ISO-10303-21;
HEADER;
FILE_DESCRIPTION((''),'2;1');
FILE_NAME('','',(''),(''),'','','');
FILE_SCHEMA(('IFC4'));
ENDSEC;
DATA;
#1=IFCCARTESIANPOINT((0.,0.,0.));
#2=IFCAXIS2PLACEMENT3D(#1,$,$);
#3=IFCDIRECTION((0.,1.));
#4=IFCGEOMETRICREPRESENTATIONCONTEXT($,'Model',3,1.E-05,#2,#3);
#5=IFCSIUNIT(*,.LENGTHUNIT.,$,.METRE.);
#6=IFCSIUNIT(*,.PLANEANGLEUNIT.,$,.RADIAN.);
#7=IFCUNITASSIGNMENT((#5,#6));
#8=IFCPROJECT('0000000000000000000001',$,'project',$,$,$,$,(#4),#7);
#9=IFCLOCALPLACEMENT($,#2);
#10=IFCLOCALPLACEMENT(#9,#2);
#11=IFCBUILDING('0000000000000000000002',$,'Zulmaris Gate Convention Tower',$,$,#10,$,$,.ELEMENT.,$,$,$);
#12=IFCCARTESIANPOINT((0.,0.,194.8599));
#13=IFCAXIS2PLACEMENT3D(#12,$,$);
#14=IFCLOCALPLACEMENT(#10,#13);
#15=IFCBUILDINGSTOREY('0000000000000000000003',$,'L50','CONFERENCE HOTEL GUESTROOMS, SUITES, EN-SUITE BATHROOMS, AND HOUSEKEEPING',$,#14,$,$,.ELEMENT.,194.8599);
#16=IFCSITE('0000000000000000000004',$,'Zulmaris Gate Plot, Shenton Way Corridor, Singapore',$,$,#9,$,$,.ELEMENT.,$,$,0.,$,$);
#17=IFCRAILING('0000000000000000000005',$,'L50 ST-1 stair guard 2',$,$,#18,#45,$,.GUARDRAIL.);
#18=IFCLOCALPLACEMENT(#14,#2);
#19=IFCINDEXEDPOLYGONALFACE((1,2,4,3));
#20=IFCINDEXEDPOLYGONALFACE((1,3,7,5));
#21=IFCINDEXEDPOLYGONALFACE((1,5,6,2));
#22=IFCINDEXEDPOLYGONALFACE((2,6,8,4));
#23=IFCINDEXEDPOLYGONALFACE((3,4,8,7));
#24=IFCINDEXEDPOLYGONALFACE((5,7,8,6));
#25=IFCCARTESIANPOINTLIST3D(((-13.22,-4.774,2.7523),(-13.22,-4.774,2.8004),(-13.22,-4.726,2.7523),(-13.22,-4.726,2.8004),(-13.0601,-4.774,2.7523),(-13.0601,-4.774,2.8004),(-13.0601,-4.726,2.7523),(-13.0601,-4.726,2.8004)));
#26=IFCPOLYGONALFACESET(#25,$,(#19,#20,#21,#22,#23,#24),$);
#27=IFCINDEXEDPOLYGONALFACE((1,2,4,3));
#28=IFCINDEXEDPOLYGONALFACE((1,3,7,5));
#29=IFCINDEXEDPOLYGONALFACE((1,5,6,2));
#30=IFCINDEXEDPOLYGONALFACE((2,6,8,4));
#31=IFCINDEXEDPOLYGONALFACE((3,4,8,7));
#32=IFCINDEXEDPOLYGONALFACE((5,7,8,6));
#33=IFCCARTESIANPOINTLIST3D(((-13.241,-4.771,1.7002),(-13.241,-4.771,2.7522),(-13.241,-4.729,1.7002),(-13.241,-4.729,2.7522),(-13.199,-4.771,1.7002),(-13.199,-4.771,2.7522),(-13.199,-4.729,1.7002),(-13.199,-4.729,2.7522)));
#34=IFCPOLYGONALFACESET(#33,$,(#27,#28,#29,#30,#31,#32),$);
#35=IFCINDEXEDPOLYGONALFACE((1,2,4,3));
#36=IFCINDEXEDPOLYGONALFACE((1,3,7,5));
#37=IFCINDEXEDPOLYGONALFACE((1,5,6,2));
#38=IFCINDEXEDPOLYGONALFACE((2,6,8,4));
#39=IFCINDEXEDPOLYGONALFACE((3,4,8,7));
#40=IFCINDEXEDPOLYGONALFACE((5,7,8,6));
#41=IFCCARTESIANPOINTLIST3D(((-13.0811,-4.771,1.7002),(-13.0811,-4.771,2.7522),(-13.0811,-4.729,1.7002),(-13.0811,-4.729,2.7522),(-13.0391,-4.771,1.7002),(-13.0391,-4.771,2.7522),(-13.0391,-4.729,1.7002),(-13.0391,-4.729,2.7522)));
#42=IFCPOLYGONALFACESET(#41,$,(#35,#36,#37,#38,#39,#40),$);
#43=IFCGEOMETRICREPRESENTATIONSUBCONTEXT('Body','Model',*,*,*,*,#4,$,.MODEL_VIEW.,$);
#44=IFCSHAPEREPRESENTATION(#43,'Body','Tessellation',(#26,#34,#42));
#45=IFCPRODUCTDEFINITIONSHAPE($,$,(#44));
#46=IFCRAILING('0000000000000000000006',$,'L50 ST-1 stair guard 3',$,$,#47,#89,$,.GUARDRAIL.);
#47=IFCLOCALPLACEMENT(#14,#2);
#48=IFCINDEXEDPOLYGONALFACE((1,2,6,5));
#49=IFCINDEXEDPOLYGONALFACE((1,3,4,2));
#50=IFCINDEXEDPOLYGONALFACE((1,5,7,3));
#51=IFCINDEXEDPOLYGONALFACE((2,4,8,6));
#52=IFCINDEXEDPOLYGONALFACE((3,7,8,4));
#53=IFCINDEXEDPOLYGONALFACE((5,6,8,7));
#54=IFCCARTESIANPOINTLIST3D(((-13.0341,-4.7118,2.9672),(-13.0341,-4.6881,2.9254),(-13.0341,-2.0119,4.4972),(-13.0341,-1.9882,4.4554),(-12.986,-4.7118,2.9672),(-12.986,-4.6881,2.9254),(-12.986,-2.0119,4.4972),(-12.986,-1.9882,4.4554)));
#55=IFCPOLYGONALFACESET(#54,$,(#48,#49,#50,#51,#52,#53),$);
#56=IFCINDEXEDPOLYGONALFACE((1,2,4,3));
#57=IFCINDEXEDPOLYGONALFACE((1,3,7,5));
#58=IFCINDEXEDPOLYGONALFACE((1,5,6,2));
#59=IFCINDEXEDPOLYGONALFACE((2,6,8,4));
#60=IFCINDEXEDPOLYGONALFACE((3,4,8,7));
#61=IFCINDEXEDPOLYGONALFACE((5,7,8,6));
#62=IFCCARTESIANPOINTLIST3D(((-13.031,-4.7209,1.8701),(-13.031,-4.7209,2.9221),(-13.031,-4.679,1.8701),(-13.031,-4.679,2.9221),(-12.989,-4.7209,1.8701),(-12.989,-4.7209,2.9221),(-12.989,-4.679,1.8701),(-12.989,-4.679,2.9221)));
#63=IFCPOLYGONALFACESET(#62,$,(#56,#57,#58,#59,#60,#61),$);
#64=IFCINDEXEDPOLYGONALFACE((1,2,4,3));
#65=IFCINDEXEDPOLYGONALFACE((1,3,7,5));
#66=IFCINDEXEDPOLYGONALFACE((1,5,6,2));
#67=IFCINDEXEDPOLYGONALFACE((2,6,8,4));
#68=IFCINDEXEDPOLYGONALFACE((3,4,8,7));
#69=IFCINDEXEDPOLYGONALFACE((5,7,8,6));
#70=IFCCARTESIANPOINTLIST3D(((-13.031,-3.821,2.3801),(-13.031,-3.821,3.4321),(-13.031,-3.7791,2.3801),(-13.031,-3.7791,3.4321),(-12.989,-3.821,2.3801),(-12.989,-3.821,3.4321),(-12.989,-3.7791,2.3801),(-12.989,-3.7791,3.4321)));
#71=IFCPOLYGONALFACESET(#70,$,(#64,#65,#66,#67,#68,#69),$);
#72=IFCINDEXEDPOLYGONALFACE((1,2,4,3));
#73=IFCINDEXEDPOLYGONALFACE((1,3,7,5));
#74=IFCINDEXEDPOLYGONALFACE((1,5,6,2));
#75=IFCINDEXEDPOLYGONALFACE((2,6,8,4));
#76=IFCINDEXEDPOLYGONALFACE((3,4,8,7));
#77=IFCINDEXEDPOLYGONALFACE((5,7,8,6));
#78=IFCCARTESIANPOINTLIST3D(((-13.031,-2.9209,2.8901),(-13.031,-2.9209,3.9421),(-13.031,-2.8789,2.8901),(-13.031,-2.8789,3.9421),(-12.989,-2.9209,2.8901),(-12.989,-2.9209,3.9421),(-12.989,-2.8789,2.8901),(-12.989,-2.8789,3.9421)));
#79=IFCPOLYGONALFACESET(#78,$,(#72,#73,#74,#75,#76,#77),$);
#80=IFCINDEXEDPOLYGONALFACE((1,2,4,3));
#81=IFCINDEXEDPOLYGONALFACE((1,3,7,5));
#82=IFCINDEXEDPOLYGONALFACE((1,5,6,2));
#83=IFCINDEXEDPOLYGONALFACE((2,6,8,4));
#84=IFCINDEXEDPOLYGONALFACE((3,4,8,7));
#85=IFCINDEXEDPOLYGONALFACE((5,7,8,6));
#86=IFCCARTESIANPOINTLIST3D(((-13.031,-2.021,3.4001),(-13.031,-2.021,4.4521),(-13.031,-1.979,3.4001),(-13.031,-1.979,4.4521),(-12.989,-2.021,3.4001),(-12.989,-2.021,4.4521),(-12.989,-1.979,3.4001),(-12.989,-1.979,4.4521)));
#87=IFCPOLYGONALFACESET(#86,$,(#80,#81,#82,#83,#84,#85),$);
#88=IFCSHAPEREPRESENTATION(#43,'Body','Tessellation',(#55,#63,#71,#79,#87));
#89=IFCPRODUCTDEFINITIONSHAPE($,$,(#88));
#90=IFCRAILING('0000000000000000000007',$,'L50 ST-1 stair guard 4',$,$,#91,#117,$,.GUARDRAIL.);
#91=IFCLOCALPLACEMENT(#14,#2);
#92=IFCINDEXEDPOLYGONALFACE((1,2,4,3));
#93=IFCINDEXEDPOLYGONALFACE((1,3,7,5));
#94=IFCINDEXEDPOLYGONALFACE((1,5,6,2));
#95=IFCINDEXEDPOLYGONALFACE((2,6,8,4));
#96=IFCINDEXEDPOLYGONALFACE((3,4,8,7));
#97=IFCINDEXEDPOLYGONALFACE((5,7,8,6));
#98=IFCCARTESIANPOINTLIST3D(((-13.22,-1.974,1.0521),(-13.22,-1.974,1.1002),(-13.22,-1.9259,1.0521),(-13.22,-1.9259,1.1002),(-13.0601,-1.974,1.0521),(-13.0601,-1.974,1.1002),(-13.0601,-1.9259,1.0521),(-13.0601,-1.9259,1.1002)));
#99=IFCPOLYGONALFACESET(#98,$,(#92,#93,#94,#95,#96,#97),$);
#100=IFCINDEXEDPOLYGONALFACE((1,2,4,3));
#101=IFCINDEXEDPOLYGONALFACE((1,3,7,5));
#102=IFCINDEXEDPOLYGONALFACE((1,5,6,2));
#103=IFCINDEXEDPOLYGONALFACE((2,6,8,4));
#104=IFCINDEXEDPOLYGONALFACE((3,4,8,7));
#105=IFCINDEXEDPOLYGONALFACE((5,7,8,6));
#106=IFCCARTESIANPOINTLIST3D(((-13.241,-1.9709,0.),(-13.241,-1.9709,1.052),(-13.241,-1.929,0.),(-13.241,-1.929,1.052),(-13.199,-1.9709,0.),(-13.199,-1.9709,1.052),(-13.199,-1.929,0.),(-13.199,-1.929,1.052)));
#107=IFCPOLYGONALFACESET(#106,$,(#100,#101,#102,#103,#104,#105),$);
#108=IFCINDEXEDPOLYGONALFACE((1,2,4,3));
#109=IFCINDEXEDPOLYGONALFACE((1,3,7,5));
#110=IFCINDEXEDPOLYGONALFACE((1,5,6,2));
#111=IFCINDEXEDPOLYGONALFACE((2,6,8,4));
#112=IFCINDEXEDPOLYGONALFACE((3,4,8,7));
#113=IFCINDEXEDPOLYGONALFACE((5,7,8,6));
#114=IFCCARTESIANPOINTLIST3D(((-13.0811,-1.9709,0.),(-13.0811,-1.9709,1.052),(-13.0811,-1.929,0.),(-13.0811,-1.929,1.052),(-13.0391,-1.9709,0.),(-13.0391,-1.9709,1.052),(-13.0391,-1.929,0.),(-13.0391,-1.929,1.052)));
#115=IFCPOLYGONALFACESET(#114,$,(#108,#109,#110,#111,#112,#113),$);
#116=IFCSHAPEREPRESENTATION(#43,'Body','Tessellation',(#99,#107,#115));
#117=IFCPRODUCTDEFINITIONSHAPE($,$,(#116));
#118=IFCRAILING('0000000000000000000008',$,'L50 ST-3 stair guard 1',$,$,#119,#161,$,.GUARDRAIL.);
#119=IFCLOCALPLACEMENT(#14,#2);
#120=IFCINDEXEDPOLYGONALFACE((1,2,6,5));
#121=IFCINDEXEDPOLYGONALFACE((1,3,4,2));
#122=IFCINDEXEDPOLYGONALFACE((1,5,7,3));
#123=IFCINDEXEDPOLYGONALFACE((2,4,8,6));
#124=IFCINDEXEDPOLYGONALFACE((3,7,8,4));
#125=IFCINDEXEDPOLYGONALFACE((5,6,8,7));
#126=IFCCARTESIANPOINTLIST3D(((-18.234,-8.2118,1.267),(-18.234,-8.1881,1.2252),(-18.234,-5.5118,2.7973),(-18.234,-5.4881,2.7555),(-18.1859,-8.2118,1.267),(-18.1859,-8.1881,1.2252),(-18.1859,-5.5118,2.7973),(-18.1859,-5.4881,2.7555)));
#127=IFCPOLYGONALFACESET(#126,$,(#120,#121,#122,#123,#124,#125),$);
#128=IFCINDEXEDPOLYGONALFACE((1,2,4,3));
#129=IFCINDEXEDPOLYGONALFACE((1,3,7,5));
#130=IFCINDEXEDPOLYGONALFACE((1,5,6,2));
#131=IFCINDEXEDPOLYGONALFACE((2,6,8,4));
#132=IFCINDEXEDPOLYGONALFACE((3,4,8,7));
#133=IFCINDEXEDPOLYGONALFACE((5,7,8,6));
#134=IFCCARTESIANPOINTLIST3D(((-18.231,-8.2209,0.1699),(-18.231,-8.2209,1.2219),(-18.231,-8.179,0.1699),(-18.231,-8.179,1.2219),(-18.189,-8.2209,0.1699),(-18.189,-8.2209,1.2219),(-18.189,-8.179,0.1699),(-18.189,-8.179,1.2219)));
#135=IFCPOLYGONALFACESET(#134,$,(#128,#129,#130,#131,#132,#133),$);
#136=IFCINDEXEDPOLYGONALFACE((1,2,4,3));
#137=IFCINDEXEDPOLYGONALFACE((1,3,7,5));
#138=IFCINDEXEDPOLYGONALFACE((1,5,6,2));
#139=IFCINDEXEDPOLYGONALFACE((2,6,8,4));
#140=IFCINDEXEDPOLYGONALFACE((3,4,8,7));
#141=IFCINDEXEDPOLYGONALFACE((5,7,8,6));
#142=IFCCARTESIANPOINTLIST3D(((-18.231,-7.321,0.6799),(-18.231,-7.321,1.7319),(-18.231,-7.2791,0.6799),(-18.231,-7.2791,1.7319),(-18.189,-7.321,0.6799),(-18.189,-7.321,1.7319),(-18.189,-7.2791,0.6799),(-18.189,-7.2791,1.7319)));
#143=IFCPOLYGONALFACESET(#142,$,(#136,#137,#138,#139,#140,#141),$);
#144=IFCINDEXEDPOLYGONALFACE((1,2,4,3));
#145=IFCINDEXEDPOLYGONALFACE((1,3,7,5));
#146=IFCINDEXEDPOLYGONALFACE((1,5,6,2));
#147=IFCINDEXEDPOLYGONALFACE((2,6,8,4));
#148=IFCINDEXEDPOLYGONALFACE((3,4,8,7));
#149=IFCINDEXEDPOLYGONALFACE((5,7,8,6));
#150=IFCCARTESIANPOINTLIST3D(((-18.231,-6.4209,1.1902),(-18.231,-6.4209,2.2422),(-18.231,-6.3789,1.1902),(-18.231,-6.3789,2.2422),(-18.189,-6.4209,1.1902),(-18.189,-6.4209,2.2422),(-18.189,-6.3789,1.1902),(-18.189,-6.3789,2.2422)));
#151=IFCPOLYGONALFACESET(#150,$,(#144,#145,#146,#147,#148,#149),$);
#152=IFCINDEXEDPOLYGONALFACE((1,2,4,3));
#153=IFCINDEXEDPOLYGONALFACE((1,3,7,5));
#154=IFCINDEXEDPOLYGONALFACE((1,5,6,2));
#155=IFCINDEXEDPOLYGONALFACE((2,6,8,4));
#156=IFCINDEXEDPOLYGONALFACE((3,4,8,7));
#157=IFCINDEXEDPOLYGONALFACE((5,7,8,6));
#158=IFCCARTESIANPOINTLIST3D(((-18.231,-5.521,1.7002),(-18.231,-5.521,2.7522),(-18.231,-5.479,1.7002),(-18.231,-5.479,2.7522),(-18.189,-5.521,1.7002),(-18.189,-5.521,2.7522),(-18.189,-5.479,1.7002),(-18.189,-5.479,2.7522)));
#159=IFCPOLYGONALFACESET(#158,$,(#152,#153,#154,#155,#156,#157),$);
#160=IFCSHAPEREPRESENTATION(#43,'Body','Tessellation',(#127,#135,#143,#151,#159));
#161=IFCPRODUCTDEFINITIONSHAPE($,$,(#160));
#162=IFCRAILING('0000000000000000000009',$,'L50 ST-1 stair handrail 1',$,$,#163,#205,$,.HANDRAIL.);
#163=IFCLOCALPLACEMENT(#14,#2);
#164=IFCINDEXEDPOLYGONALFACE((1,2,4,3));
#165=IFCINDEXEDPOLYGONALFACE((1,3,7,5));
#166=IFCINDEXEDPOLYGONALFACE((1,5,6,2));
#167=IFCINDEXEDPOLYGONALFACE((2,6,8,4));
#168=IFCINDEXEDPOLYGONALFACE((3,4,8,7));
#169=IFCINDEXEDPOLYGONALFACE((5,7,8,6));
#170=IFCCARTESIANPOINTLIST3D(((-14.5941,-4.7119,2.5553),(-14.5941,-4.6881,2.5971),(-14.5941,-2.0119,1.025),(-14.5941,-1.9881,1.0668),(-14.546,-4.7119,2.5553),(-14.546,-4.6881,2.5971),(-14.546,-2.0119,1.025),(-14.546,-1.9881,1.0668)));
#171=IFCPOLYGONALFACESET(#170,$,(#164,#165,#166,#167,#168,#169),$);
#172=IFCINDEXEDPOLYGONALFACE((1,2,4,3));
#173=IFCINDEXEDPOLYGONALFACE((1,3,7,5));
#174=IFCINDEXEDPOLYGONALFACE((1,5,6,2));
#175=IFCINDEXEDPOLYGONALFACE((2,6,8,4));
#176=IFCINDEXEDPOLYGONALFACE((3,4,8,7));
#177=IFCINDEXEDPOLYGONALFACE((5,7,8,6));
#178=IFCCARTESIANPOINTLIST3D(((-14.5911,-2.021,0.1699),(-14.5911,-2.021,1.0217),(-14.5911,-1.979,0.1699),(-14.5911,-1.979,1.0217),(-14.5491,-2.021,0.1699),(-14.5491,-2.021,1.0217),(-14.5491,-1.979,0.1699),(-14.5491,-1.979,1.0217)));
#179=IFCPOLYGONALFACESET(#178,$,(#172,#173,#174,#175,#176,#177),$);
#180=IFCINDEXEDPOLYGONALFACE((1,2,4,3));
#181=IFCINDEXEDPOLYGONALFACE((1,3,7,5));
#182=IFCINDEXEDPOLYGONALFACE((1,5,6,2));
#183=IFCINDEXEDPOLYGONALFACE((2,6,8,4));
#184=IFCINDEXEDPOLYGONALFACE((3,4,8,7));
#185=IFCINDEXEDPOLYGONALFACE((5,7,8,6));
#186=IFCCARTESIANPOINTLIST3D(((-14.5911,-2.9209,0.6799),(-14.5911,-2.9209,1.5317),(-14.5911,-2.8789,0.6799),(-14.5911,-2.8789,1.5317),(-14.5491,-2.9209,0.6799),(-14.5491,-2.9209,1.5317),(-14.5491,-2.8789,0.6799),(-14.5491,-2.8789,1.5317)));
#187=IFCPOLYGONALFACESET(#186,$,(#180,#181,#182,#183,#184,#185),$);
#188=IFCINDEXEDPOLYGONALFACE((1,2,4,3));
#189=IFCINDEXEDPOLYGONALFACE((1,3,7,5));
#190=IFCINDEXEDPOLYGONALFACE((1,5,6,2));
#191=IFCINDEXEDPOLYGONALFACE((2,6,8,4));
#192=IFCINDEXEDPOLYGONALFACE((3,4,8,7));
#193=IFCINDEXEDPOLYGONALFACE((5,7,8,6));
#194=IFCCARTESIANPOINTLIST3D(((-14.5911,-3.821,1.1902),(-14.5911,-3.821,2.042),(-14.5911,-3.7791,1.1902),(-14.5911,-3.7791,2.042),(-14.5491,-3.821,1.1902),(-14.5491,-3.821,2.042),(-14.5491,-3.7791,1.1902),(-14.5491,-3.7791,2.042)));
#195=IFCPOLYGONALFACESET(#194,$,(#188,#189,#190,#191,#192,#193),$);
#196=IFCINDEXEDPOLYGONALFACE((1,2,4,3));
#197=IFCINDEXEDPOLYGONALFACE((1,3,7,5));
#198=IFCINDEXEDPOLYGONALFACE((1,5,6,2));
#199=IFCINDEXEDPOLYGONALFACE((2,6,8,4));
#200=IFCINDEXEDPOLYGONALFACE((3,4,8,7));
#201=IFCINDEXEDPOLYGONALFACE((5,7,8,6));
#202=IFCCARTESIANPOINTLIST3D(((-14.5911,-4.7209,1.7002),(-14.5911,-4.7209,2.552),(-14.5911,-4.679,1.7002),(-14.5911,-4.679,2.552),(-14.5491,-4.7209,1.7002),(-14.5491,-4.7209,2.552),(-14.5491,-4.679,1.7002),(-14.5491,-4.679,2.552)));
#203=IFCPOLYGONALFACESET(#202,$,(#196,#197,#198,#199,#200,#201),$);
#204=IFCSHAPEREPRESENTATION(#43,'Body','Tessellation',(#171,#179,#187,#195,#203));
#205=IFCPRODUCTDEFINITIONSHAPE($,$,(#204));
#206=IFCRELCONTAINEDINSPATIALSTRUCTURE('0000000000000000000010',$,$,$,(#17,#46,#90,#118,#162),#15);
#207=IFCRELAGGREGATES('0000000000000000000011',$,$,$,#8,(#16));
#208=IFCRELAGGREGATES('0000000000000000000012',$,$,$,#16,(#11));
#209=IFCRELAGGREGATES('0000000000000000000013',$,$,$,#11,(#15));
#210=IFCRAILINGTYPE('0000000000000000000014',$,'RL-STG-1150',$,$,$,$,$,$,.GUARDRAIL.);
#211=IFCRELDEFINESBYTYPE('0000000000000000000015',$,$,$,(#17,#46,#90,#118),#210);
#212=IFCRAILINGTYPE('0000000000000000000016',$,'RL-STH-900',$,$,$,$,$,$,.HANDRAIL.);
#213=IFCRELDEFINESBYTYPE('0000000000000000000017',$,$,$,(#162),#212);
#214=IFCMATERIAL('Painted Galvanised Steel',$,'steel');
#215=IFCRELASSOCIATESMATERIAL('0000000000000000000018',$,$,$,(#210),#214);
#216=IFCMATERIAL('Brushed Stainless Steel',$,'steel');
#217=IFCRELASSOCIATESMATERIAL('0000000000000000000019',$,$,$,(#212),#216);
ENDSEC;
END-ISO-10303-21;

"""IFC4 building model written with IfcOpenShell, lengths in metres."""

from ifc_helpers import new_model, si_unit, direction, frame, origin, origin_2d, place, context, subcontext, project, spatial, rectangle, extrude, material, type_object, element, save


model = new_model("IFC4")

# Units and contexts
model_context = context("Model", 3, precision=1e-05, world=origin(), true_north=direction((0.0, 1.0)))
body_context = subcontext(model_context, "Body", "Model", "MODEL_VIEW")
ifc_project = project(units=[si_unit("LENGTHUNIT", "METRE"), si_unit("PLANEANGLEUNIT", "RADIAN")], contexts=[model_context])

# Site, building, storey
site_placement = place(None, origin())
site = spatial("IfcSite", under=ifc_project, at=site_placement, Name="Zulmaris Gate Plot, Shenton Way Corridor, Singapore", CompositionType="ELEMENT", RefElevation=0.0)
building_placement = place(site_placement, origin())
building = spatial("IfcBuilding", under=site, at=building_placement, Name="Zulmaris Gate Convention Tower", CompositionType="ELEMENT")
storey_placement = place(building_placement, frame((0.0, 0.0, 194.8599)))
storey = spatial("IfcBuildingStorey", under=building, at=storey_placement, Name="L50", Description="CONFERENCE HOTEL GUESTROOMS, SUITES, EN-SUITE BATHROOMS, AND HOUSEKEEPING", CompositionType="ELEMENT", Elevation=194.8599)

# Shared definitions
ifc_material_1 = material(Name="Brushed Stainless Steel", Category="steel")

# Railings
ifc_material_2 = material(Name="Painted Galvanised Steel", Category="steel")
railing_type_1 = type_object("IfcRailingType", Name="RL-STG-1150", PredefinedType="GUARDRAIL", material=ifc_material_2)
railing_1_placement = place(storey_placement, frame((-13.22, -4.75, 1.7002)))
element("IfcRailing", 1, at=railing_1_placement, inside=storey, type_object=railing_type_1, Name="L50 ST-1 stair guard 2", PredefinedType="GUARDRAIL", context=body_context, shape_type="SweptSolid", body=[
    extrude(rectangle(XDim=0.0481, YDim=0.0481, at=origin_2d()), frame((0.0, 0.0, 1.0762), z_axis=(1.0, 0.0, 0.0), x_axis=(0.0, 1.0, 0.0)), (0.0, 0.0, 1.0), 0.1599),
    extrude(rectangle(XDim=0.042, YDim=0.042, at=origin_2d()), origin(), (0.0, 0.0, 1.0), 1.052),
    extrude(rectangle(XDim=0.042, YDim=0.042, at=origin_2d()), frame((0.1599, 0.0, 0.0)), (0.0, 0.0, 1.0), 1.052),
])
railing_2_placement = place(storey_placement, frame((-13.01, -4.7, 1.8701)))
element("IfcRailing", 2, at=railing_2_placement, inside=storey, type_object=railing_type_1, Name="L50 ST-1 stair guard 3", PredefinedType="GUARDRAIL", context=body_context, shape_type="SweptSolid", body=[
    extrude(rectangle(XDim=0.0481, YDim=0.0481, at=origin_2d()), frame((0.0, 0.0, 1.0762), z_axis=(0.0, 0.870014, 0.493026), x_axis=(-1.0, 0.0, 0.0)), (0.0, 0.0, 1.0), 3.1033),
    extrude(rectangle(XDim=0.042, YDim=0.042, at=origin_2d()), origin(), (0.0, 0.0, 1.0), 1.052),
    extrude(rectangle(XDim=0.042, YDim=0.042, at=origin_2d()), frame((0.0, 0.8999, 0.51)), (0.0, 0.0, 1.0), 1.052),
    extrude(rectangle(XDim=0.042, YDim=0.042, at=origin_2d()), frame((0.0, 1.8, 1.02)), (0.0, 0.0, 1.0), 1.052),
    extrude(rectangle(XDim=0.042, YDim=0.042, at=origin_2d()), frame((0.0, 2.7, 1.53)), (0.0, 0.0, 1.0), 1.052),
])
railing_3_placement = place(storey_placement, frame((-13.22, -1.95, 0.0)))
element("IfcRailing", 3, at=railing_3_placement, inside=storey, type_object=railing_type_1, Name="L50 ST-1 stair guard 4", PredefinedType="GUARDRAIL", context=body_context, shape_type="SweptSolid", body=[
    extrude(rectangle(XDim=0.0481, YDim=0.0481, at=origin_2d()), frame((0.0, 0.0, 1.0762), z_axis=(1.0, 0.0, 0.0), x_axis=(0.0, 1.0, 0.0)), (0.0, 0.0, 1.0), 0.1599),
    extrude(rectangle(XDim=0.042, YDim=0.042, at=origin_2d()), origin(), (0.0, 0.0, 1.0), 1.052),
    extrude(rectangle(XDim=0.042, YDim=0.042, at=origin_2d()), frame((0.1599, 0.0, 0.0)), (0.0, 0.0, 1.0), 1.052),
])
railing_4_placement = place(storey_placement, frame((-18.21, -8.2, 0.1699)))
element("IfcRailing", 4, at=railing_4_placement, inside=storey, type_object=railing_type_1, Name="L50 ST-3 stair guard 1", PredefinedType="GUARDRAIL", context=body_context, shape_type="SweptSolid", body=[
    extrude(rectangle(XDim=0.0481, YDim=0.0481, at=origin_2d()), frame((0.0, 0.0, 1.0762), z_axis=(0.0, 0.869981, 0.493086), x_axis=(-1.0, 0.0, 0.0)), (0.0, 0.0, 1.0), 3.1035),
    extrude(rectangle(XDim=0.042, YDim=0.042, at=origin_2d()), origin(), (0.0, 0.0, 1.0), 1.052),
    extrude(rectangle(XDim=0.042, YDim=0.042, at=origin_2d()), frame((0.0, 0.8999, 0.51)), (0.0, 0.0, 1.0), 1.052),
    extrude(rectangle(XDim=0.042, YDim=0.042, at=origin_2d()), frame((0.0, 1.8, 1.0203)), (0.0, 0.0, 1.0), 1.052),
    extrude(rectangle(XDim=0.042, YDim=0.042, at=origin_2d()), frame((0.0, 2.7, 1.5303)), (0.0, 0.0, 1.0), 1.052),
])
railing_type_2 = type_object("IfcRailingType", Name="RL-STH-900", PredefinedType="HANDRAIL", material=ifc_material_1)
railing_5_placement = place(storey_placement, frame((-14.5701, -2.0, 0.1699)))
element("IfcRailing", 5, at=railing_5_placement, inside=storey, type_object=railing_type_2, Name="L50 ST-1 stair handrail 1", PredefinedType="HANDRAIL", context=body_context, shape_type="SweptSolid", body=[
    extrude(rectangle(XDim=0.0481, YDim=0.0481, at=origin_2d()), frame((0.0, 0.0, 0.876), z_axis=(0.0, -0.869981, 0.493086), x_axis=(1.0, 0.0, 0.0)), (0.0, 0.0, 1.0), 3.1035),
    extrude(rectangle(XDim=0.042, YDim=0.042, at=origin_2d()), origin(), (0.0, 0.0, 1.0), 0.8518),
    extrude(rectangle(XDim=0.042, YDim=0.042, at=origin_2d()), frame((0.0, -0.8999, 0.51)), (0.0, 0.0, 1.0), 0.8518),
    extrude(rectangle(XDim=0.042, YDim=0.042, at=origin_2d()), frame((0.0, -1.8, 1.0203)), (0.0, 0.0, 1.0), 0.8518),
    extrude(rectangle(XDim=0.042, YDim=0.042, at=origin_2d()), frame((0.0, -2.7, 1.5303)), (0.0, 0.0, 1.0), 0.8518),
])

save(model, "model.ifc")
